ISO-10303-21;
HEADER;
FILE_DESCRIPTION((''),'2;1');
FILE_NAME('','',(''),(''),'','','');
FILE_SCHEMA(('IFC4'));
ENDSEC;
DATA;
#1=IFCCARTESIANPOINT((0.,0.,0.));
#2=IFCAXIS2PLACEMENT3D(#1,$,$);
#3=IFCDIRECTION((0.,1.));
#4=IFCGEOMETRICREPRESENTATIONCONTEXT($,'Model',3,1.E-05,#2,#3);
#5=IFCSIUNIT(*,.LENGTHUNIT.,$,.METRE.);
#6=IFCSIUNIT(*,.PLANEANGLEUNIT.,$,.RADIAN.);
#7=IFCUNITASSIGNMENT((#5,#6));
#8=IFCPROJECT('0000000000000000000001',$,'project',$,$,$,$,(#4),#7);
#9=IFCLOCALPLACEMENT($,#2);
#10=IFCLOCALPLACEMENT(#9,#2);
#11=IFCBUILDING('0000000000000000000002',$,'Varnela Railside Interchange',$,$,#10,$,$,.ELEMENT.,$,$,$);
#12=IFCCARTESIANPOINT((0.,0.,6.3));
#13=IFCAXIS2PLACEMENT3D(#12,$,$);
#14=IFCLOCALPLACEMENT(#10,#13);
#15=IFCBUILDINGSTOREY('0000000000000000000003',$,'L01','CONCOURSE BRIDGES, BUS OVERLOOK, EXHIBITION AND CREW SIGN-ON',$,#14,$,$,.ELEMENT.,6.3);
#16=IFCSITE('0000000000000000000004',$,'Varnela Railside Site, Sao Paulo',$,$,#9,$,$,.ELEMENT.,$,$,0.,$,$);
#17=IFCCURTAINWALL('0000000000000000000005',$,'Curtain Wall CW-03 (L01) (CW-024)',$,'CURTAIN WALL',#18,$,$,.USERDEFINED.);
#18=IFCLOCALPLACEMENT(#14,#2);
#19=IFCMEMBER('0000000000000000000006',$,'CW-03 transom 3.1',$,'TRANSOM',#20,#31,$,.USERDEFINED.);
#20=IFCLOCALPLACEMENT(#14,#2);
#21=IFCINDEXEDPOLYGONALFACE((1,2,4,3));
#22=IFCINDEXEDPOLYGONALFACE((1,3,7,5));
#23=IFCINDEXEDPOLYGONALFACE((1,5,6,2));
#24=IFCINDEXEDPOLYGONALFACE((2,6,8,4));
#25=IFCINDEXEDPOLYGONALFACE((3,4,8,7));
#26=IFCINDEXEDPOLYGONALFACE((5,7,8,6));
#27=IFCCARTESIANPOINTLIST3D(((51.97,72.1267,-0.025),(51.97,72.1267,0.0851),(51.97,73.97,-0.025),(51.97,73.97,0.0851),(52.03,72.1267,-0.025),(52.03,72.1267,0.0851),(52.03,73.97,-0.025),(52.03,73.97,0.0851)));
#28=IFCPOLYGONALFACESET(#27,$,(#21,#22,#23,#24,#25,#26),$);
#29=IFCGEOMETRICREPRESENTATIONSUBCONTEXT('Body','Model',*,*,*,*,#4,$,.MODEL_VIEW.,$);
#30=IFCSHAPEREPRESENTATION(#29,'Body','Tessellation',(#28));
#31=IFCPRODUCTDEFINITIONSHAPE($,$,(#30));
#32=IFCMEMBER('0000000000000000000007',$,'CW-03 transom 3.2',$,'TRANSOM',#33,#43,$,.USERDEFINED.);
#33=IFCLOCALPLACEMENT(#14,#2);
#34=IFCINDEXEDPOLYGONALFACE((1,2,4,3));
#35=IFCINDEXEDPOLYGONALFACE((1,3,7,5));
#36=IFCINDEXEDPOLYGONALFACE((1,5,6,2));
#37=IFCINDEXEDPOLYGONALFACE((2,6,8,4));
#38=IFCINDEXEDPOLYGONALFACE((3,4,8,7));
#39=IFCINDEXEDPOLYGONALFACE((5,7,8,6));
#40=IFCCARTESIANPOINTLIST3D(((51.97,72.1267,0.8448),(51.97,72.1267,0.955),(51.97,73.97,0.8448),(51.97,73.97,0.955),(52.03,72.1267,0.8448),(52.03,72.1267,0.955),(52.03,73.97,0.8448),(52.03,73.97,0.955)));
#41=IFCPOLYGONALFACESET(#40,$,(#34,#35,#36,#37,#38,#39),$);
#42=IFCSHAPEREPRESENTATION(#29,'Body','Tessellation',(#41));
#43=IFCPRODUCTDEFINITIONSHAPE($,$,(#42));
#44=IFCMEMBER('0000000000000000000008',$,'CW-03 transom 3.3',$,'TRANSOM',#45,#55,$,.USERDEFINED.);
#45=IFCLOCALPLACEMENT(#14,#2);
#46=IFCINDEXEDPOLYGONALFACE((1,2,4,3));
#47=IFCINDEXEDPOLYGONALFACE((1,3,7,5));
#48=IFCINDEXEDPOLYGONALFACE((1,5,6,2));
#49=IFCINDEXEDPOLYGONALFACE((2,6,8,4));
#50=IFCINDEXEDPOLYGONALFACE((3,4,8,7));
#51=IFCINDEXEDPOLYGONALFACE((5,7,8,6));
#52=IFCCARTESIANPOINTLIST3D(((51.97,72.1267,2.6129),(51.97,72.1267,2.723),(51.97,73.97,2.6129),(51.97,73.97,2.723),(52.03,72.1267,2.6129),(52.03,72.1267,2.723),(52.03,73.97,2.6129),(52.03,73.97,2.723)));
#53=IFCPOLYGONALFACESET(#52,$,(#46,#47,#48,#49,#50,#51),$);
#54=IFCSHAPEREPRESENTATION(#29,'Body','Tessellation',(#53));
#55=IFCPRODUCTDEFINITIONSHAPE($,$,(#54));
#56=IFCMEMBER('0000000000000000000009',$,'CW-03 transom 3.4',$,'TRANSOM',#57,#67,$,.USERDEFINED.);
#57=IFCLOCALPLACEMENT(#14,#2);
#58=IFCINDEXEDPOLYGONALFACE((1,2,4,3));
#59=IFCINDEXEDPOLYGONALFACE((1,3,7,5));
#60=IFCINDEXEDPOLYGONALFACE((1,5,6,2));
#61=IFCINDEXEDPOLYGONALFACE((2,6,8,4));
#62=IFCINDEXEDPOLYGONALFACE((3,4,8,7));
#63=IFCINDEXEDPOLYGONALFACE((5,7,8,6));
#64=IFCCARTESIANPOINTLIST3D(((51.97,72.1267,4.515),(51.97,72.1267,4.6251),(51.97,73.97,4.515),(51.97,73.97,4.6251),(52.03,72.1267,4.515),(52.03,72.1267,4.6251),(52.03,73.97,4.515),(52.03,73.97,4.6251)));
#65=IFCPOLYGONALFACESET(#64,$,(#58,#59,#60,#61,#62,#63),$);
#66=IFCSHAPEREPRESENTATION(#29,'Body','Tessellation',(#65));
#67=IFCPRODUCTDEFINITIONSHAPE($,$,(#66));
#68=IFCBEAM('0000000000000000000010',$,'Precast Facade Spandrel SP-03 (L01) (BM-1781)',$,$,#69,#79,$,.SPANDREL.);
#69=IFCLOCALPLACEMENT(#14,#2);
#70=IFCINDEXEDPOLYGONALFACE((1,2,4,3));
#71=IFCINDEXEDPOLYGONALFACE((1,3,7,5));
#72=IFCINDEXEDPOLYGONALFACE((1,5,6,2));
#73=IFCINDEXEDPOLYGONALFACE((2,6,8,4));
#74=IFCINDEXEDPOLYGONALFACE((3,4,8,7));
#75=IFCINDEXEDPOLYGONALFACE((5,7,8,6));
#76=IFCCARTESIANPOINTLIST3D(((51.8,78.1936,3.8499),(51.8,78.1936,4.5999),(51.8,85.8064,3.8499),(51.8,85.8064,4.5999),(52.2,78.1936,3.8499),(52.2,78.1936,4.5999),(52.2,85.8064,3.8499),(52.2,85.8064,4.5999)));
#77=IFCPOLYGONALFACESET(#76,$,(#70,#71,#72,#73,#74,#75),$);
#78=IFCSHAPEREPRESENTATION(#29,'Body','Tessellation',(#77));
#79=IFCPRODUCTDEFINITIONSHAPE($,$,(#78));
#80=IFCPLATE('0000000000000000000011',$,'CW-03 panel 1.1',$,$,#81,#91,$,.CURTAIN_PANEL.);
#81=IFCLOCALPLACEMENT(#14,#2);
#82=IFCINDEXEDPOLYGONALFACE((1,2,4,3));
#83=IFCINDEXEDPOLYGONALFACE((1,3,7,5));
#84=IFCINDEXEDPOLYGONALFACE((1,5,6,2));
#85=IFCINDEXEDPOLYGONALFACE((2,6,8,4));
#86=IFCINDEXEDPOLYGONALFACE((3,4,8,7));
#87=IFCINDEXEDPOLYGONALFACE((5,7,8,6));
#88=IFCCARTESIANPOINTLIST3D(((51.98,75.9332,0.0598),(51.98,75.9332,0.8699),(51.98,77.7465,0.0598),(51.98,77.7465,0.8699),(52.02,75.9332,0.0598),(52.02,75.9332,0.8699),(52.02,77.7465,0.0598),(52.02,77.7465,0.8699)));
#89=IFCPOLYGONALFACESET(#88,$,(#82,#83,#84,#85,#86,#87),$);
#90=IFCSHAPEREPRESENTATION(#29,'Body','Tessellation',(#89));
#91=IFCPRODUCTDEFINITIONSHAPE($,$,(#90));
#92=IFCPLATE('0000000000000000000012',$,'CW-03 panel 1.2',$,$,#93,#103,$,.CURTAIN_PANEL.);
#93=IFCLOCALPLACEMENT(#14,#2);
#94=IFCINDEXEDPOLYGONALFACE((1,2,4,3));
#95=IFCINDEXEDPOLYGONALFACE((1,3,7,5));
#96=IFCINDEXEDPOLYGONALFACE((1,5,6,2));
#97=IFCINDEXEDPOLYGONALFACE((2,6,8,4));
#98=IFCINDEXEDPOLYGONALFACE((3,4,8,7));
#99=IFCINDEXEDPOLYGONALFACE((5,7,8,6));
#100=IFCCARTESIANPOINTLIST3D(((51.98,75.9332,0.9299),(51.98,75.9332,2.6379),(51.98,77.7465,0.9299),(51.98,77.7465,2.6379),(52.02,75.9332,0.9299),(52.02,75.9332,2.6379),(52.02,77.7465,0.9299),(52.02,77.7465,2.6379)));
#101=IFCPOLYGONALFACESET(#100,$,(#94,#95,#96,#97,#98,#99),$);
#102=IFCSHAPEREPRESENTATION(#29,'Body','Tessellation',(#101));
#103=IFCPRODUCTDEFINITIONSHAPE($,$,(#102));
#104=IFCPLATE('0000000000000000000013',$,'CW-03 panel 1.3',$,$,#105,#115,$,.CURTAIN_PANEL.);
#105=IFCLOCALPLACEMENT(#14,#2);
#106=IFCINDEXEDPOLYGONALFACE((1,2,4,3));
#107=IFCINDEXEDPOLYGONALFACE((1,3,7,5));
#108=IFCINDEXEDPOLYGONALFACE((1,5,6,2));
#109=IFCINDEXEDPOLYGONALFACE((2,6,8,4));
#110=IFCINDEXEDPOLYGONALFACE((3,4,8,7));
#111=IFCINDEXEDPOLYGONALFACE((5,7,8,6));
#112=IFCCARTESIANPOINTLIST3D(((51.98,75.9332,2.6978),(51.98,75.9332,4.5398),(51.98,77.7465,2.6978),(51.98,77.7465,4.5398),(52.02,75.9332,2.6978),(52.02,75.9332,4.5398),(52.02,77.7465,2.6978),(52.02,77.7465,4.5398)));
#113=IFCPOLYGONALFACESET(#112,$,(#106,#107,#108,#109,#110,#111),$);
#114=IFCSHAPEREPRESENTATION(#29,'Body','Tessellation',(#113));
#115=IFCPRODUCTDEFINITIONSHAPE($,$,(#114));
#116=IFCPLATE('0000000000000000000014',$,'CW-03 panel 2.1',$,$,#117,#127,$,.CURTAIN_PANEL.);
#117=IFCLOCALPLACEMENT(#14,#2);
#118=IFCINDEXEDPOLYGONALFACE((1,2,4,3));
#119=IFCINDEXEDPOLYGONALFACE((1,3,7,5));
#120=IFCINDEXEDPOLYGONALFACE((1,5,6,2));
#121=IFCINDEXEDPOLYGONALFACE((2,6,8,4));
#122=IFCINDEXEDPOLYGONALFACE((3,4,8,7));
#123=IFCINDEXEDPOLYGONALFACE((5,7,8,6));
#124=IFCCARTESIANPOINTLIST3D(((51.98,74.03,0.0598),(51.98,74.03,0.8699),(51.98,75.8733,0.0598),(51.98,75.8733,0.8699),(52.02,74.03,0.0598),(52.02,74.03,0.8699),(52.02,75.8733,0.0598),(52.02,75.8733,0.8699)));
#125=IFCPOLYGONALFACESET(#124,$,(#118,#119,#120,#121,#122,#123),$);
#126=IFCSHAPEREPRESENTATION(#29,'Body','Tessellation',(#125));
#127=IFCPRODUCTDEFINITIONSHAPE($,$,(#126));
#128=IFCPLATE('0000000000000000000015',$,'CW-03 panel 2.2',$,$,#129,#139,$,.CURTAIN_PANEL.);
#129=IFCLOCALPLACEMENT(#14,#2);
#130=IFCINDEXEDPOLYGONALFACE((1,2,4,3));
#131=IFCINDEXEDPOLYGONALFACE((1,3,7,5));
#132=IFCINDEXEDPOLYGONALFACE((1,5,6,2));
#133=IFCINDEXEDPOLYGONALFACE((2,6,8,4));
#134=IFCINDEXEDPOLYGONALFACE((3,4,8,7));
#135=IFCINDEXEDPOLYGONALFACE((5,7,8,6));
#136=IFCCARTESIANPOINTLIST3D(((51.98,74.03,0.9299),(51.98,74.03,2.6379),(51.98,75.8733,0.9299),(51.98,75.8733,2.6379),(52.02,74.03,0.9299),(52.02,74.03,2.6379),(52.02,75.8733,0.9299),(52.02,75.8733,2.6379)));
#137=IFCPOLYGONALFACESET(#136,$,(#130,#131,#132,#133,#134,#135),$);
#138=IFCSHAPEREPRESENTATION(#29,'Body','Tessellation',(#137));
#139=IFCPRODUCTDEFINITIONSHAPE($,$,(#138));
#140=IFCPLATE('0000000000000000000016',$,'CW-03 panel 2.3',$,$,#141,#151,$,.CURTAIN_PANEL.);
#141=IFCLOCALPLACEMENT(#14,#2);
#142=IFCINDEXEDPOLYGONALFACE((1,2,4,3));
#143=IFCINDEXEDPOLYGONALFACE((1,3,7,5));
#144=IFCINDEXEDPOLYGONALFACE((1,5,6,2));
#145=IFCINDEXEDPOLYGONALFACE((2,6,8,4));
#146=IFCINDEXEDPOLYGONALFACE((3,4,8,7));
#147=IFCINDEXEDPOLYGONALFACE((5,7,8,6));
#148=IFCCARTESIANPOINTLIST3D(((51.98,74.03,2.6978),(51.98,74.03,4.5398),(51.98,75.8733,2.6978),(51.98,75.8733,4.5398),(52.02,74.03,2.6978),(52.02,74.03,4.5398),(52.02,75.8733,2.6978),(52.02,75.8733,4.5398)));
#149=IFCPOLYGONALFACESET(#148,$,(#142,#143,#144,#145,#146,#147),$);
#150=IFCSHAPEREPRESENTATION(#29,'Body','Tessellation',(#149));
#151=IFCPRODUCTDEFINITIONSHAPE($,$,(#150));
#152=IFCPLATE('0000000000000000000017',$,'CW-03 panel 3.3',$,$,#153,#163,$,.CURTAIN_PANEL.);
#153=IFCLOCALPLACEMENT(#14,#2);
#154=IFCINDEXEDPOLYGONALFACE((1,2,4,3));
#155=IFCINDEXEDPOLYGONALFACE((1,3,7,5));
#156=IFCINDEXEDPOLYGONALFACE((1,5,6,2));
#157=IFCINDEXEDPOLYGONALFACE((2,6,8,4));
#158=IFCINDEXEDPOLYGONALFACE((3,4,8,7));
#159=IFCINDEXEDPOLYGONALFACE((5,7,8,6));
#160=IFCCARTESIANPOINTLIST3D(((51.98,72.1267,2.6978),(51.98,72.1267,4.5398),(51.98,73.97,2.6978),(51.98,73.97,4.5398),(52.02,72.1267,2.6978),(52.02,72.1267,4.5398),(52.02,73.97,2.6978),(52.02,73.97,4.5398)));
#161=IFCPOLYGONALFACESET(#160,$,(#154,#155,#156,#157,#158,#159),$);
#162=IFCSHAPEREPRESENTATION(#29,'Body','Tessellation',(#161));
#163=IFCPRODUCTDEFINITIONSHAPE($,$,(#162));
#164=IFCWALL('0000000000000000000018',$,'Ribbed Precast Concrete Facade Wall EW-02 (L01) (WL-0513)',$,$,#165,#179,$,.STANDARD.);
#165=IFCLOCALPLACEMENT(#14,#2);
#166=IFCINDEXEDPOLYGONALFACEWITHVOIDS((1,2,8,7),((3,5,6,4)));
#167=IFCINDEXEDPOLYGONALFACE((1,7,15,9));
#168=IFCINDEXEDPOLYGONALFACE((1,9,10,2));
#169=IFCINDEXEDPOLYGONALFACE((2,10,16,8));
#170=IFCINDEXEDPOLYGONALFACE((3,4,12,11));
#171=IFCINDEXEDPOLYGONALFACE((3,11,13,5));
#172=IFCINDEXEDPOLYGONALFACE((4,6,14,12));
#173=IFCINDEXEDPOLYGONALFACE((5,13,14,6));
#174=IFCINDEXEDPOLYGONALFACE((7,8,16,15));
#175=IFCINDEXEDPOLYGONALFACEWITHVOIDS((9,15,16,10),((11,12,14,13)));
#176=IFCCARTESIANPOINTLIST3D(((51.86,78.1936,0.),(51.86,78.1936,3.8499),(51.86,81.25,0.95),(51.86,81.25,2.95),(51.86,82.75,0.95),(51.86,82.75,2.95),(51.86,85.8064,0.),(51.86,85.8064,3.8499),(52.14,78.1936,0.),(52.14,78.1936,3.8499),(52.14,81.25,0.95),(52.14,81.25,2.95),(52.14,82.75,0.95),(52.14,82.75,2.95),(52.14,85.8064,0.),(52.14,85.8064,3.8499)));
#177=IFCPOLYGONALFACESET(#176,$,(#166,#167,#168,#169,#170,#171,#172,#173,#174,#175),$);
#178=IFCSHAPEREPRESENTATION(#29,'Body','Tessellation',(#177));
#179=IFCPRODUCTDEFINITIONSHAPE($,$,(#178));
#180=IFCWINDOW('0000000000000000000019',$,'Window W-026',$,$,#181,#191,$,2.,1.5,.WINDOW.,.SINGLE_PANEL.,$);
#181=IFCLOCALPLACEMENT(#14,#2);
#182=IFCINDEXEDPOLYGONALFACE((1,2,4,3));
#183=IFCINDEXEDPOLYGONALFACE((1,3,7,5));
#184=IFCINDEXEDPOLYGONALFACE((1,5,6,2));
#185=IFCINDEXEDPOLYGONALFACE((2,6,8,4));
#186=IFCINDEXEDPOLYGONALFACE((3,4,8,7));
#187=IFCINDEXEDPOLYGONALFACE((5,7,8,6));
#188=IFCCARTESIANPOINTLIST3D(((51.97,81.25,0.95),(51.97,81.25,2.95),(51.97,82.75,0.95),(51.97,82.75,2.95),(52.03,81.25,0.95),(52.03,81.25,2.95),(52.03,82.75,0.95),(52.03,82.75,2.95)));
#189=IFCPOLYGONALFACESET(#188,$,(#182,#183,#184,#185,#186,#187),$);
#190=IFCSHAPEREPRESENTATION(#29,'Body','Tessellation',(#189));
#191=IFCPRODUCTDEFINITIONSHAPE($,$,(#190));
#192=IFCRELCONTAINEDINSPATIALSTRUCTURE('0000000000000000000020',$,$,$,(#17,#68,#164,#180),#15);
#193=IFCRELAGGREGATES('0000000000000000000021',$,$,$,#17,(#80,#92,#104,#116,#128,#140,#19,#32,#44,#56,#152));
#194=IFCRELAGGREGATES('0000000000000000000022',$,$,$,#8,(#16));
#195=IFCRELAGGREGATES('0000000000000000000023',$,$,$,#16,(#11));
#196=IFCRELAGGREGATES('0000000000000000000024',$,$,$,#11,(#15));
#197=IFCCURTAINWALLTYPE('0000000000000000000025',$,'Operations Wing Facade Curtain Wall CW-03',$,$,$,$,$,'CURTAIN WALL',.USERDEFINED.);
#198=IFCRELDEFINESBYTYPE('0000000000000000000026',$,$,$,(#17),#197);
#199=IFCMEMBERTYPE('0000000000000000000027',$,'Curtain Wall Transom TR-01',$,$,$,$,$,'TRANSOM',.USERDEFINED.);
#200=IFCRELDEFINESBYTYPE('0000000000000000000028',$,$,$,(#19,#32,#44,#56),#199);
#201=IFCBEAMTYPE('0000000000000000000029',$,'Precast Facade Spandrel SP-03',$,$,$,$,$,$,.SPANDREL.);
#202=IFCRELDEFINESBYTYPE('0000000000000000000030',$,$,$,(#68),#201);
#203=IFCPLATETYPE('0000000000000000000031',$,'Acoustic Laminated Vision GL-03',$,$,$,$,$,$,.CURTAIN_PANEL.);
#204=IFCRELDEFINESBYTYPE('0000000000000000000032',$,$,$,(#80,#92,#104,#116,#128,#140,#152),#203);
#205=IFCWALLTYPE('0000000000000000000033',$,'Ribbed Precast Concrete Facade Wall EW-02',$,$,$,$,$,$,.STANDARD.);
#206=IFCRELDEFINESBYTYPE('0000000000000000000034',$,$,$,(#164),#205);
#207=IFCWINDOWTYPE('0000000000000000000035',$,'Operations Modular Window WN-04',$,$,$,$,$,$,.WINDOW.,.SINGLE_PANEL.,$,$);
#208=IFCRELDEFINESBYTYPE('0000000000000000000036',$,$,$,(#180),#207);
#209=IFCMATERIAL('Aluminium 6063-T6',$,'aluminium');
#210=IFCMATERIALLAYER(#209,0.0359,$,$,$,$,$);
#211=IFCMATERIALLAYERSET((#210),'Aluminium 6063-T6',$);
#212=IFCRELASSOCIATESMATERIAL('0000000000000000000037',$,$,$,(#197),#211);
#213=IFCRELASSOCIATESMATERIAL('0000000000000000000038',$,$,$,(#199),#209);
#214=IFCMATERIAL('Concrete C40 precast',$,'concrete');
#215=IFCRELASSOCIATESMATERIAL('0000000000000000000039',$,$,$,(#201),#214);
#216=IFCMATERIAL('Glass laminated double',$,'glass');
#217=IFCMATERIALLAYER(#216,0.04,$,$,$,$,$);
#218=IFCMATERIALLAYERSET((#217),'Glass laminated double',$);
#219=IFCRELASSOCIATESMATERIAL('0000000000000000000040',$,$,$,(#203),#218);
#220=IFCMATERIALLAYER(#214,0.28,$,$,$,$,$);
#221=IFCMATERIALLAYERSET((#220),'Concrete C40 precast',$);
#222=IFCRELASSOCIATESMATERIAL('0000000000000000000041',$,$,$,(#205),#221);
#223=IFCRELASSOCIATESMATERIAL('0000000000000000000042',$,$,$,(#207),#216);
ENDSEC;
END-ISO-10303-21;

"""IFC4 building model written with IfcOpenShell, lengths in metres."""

from ifc_helpers import new_model, si_unit, direction, frame, frame_2d, origin, origin_2d, place, context, subcontext, project, spatial, rectangle, extrude, material, layer, layer_set, material_profile, profile_set, type_object, element, fill, aggregate, save


model = new_model("IFC4")

# Units and contexts
model_context = context("Model", 3, precision=1e-05, world=origin(), true_north=direction((0.0, 1.0)))
body_context = subcontext(model_context, "Body", "Model", "MODEL_VIEW")
ifc_project = project(units=[si_unit("LENGTHUNIT", "METRE"), si_unit("PLANEANGLEUNIT", "RADIAN")], contexts=[model_context])

# Site, building, storey
site_placement = place(None, origin())
site = spatial("IfcSite", under=ifc_project, at=site_placement, Name="Varnela Railside Site, Sao Paulo", CompositionType="ELEMENT", RefElevation=0.0)
building_placement = place(site_placement, origin())
building = spatial("IfcBuilding", under=site, at=building_placement, Name="Varnela Railside Interchange", CompositionType="ELEMENT")
storey_placement = place(building_placement, frame((0.0, 0.0, 6.3)))
storey = spatial("IfcBuildingStorey", under=building, at=storey_placement, Name="L01", Description="CONCOURSE BRIDGES, BUS OVERLOOK, EXHIBITION AND CREW SIGN-ON", CompositionType="ELEMENT", Elevation=6.3)

# Curtain wall, members
ifc_material_1 = material(Name="Aluminium 6063-T6", Category="aluminium")
ifc_layer_1 = layer(ifc_material_1, 0.0359)
ifc_layer_set_1 = layer_set([ifc_layer_1], Name="Aluminium 6063-T6")
curtain_wall_type = type_object("IfcCurtainWallType", Name="Operations Wing Facade Curtain Wall CW-03", ElementType="CURTAIN WALL", PredefinedType="USERDEFINED", material=ifc_layer_set_1)
curtain_wall_placement = place(storey_placement, origin())
curtain_wall = element("IfcCurtainWall", 1, at=curtain_wall_placement, inside=storey, type_object=curtain_wall_type, Name="Curtain Wall CW-03 (L01) (CW-024)", ObjectType="CURTAIN WALL", PredefinedType="USERDEFINED")
ifc_material_profile_1 = material_profile(ifc_material_1, rectangle(XDim=0.0601, YDim=0.1101, at=origin_2d()), Name="ALU 60x110")
ifc_profile_set_1 = profile_set([ifc_material_profile_1], Name="Aluminium 6063-T6")
member_type_1 = type_object("IfcMemberType", Name="Curtain Wall Transom TR-01", ElementType="TRANSOM", PredefinedType="USERDEFINED", material=ifc_profile_set_1)
member_1_placement = place(storey_placement, frame((52.0, 73.97, 0.03), z_axis=(0.0, -1.0, 0.0), x_axis=(1.0, 0.0, 0.0)))
member_1 = element("IfcMember", 2, at=member_1_placement, type_object=member_type_1, Name="CW-03 transom 3.1", ObjectType="TRANSOM", PredefinedType="USERDEFINED", context=body_context, shape_type="SweptSolid", body=[
    extrude(rectangle(XDim=0.0601, YDim=0.1101, at=origin_2d()), origin(), (0.0, 0.0, 1.0), 1.8433),
])
member_2_placement = place(storey_placement, frame((52.0, 73.97, 0.8999), z_axis=(0.0, -1.0, 0.0), x_axis=(1.0, 0.0, 0.0)))
member_2 = element("IfcMember", 3, at=member_2_placement, type_object=member_type_1, Name="CW-03 transom 3.2", ObjectType="TRANSOM", PredefinedType="USERDEFINED", context=body_context, shape_type="SweptSolid", body=[
    extrude(rectangle(XDim=0.0601, YDim=0.1101, at=origin_2d()), origin(), (0.0, 0.0, 1.0), 1.8433),
])
member_3_placement = place(storey_placement, frame((52.0, 73.97, 2.668), z_axis=(0.0, -1.0, 0.0), x_axis=(1.0, 0.0, 0.0)))
member_3 = element("IfcMember", 4, at=member_3_placement, type_object=member_type_1, Name="CW-03 transom 3.3", ObjectType="TRANSOM", PredefinedType="USERDEFINED", context=body_context, shape_type="SweptSolid", body=[
    extrude(rectangle(XDim=0.0601, YDim=0.1101, at=origin_2d()), origin(), (0.0, 0.0, 1.0), 1.8433),
])
member_4_placement = place(storey_placement, frame((52.0, 73.97, 4.5701), z_axis=(0.0, -1.0, 0.0), x_axis=(1.0, 0.0, 0.0)))
member_4 = element("IfcMember", 5, at=member_4_placement, type_object=member_type_1, Name="CW-03 transom 3.4", ObjectType="TRANSOM", PredefinedType="USERDEFINED", context=body_context, shape_type="SweptSolid", body=[
    extrude(rectangle(XDim=0.0601, YDim=0.1101, at=origin_2d()), origin(), (0.0, 0.0, 1.0), 1.8433),
])

# Beam
ifc_material_2 = material(Name="Concrete C40 precast", Category="concrete")
ifc_material_profile_2 = material_profile(ifc_material_2, rectangle(XDim=0.3999, YDim=0.75, at=origin_2d()), Name="PC 400x750")
ifc_profile_set_2 = profile_set([ifc_material_profile_2], Name="Concrete C40 precast")
beam_type = type_object("IfcBeamType", Name="Precast Facade Spandrel SP-03", PredefinedType="SPANDREL", material=ifc_profile_set_2)
beam_placement = place(storey_placement, frame((52.0, 78.1936, 4.2249), z_axis=(0.0, 1.0, 0.0), x_axis=(-1.0, 0.0, 0.0)))
element("IfcBeam", 6, at=beam_placement, inside=storey, type_object=beam_type, Name="Precast Facade Spandrel SP-03 (L01) (BM-1781)", PredefinedType="SPANDREL", context=body_context, shape_type="SweptSolid", body=[
    extrude(rectangle(XDim=0.3999, YDim=0.75, at=origin_2d()), origin(), (0.0, 0.0, 1.0), 7.6128),
])

# Plates
ifc_material_3 = material(Name="Glass laminated double", Category="glass")
ifc_layer_2 = layer(ifc_material_3, 0.04)
ifc_layer_set_2 = layer_set([ifc_layer_2], Name="Glass laminated double")
plate_type = type_object("IfcPlateType", Name="Acoustic Laminated Vision GL-03", PredefinedType="CURTAIN_PANEL", material=ifc_layer_set_2)
plate_1_placement = place(storey_placement, frame((52.0, 76.8398, 0.0598), z_axis=(0.0, 0.0, 1.0), x_axis=(0.0, -1.0, 0.0)))
plate_1 = element("IfcPlate", 7, at=plate_1_placement, type_object=plate_type, Name="CW-03 panel 1.1", PredefinedType="CURTAIN_PANEL", context=body_context, shape_type="SweptSolid", body=[
    extrude(rectangle(XDim=1.8132, YDim=0.04, at=origin_2d()), origin(), (0.0, 0.0, 1.0), 0.8101),
])
plate_2_placement = place(storey_placement, frame((52.0, 76.8398, 0.9299), z_axis=(0.0, 0.0, 1.0), x_axis=(0.0, -1.0, 0.0)))
plate_2 = element("IfcPlate", 8, at=plate_2_placement, type_object=plate_type, Name="CW-03 panel 1.2", PredefinedType="CURTAIN_PANEL", context=body_context, shape_type="SweptSolid", body=[
    extrude(rectangle(XDim=1.8132, YDim=0.04, at=origin_2d()), origin(), (0.0, 0.0, 1.0), 1.708),
])
plate_3_placement = place(storey_placement, frame((52.0, 76.8398, 2.6978), z_axis=(0.0, 0.0, 1.0), x_axis=(0.0, -1.0, 0.0)))
plate_3 = element("IfcPlate", 9, at=plate_3_placement, type_object=plate_type, Name="CW-03 panel 1.3", PredefinedType="CURTAIN_PANEL", context=body_context, shape_type="SweptSolid", body=[
    extrude(rectangle(XDim=1.8132, YDim=0.04, at=origin_2d()), origin(), (0.0, 0.0, 1.0), 1.842),
])
plate_4_placement = place(storey_placement, frame((52.0, 74.9517, 0.0598), z_axis=(0.0, 0.0, 1.0), x_axis=(0.0, -1.0, 0.0)))
plate_4 = element("IfcPlate", 10, at=plate_4_placement, type_object=plate_type, Name="CW-03 panel 2.1", PredefinedType="CURTAIN_PANEL", context=body_context, shape_type="SweptSolid", body=[
    extrude(rectangle(XDim=1.8433, YDim=0.04, at=origin_2d()), origin(), (0.0, 0.0, 1.0), 0.8101),
])
plate_5_placement = place(storey_placement, frame((52.0, 74.9517, 0.9299), z_axis=(0.0, 0.0, 1.0), x_axis=(0.0, -1.0, 0.0)))
plate_5 = element("IfcPlate", 11, at=plate_5_placement, type_object=plate_type, Name="CW-03 panel 2.2", PredefinedType="CURTAIN_PANEL", context=body_context, shape_type="SweptSolid", body=[
    extrude(rectangle(XDim=1.8433, YDim=0.04, at=origin_2d()), origin(), (0.0, 0.0, 1.0), 1.708),
])
plate_6_placement = place(storey_placement, frame((52.0, 74.9517, 2.6978), z_axis=(0.0, 0.0, 1.0), x_axis=(0.0, -1.0, 0.0)))
plate_6 = element("IfcPlate", 12, at=plate_6_placement, type_object=plate_type, Name="CW-03 panel 2.3", PredefinedType="CURTAIN_PANEL", context=body_context, shape_type="SweptSolid", body=[
    extrude(rectangle(XDim=1.8433, YDim=0.04, at=origin_2d()), origin(), (0.0, 0.0, 1.0), 1.842),
])
plate_7_placement = place(storey_placement, frame((52.0, 73.0483, 2.6978), z_axis=(0.0, 0.0, 1.0), x_axis=(0.0, -1.0, 0.0)))
plate_7 = element("IfcPlate", 13, at=plate_7_placement, type_object=plate_type, Name="CW-03 panel 3.3", PredefinedType="CURTAIN_PANEL", context=body_context, shape_type="SweptSolid", body=[
    extrude(rectangle(XDim=1.8433, YDim=0.04, at=origin_2d()), origin(), (0.0, 0.0, 1.0), 1.842),
])
aggregate(curtain_wall, [plate_1, plate_2, plate_3, plate_4, plate_5, plate_6, member_1, member_2, member_3, member_4, plate_7])

# Wall, opening, window
ifc_layer_3 = layer(ifc_material_2, 0.28)
ifc_layer_set_3 = layer_set([ifc_layer_3], Name="Concrete C40 precast")
wall_type = type_object("IfcWallType", Name="Ribbed Precast Concrete Facade Wall EW-02", PredefinedType="STANDARD", material=ifc_layer_set_3)
wall_placement = place(storey_placement, frame((52.0, 85.8064, 0.0), z_axis=(0.0, 0.0, 1.0), x_axis=(0.0, -1.0, 0.0)))
wall = element("IfcWall", 14, at=wall_placement, inside=storey, type_object=wall_type, Name="Ribbed Precast Concrete Facade Wall EW-02 (L01) (WL-0513)", PredefinedType="STANDARD", context=body_context, shape_type="SweptSolid", body=[
    extrude(rectangle(XDim=7.6128, YDim=0.28, at=frame_2d((3.8064, 0.0))), origin(), (0.0, 0.0, 1.0), 3.8499),
])
opening_placement = place(wall_placement, frame((3.0564, 0.0, 0.95)))
opening = element("IfcOpeningElement", 15, at=opening_placement, cuts=wall, PredefinedType="OPENING", context=body_context, shape_type="SweptSolid", body=[
    extrude(rectangle(XDim=1.5, YDim=2.0, at=frame_2d((0.75, 1.0))), frame((0.0, 0.1499, 0.0), z_axis=(0.0, -1.0, 0.0), x_axis=(1.0, 0.0, 0.0)), (0.0, 0.0, 1.0), 0.3),
])
window_type = type_object("IfcWindowType", Name="Operations Modular Window WN-04", PartitioningType="SINGLE_PANEL", PredefinedType="WINDOW", material=ifc_material_3)
window_placement = place(opening_placement, origin())
window = element("IfcWindow", 16, at=window_placement, inside=storey, type_object=window_type, Name="Window W-026", OverallHeight=2.0, OverallWidth=1.5, PartitioningType="SINGLE_PANEL", PredefinedType="WINDOW", context=body_context, shape_type="SweptSolid", body=[
    extrude(rectangle(XDim=1.5, YDim=2.0, at=frame_2d((0.75, 1.0))), frame((0.0, 0.03, 0.0), z_axis=(0.0, -1.0, 0.0), x_axis=(1.0, 0.0, 0.0)), (0.0, 0.0, 1.0), 0.0601),
])
fill(opening, window)

save(model, "model.ifc")
